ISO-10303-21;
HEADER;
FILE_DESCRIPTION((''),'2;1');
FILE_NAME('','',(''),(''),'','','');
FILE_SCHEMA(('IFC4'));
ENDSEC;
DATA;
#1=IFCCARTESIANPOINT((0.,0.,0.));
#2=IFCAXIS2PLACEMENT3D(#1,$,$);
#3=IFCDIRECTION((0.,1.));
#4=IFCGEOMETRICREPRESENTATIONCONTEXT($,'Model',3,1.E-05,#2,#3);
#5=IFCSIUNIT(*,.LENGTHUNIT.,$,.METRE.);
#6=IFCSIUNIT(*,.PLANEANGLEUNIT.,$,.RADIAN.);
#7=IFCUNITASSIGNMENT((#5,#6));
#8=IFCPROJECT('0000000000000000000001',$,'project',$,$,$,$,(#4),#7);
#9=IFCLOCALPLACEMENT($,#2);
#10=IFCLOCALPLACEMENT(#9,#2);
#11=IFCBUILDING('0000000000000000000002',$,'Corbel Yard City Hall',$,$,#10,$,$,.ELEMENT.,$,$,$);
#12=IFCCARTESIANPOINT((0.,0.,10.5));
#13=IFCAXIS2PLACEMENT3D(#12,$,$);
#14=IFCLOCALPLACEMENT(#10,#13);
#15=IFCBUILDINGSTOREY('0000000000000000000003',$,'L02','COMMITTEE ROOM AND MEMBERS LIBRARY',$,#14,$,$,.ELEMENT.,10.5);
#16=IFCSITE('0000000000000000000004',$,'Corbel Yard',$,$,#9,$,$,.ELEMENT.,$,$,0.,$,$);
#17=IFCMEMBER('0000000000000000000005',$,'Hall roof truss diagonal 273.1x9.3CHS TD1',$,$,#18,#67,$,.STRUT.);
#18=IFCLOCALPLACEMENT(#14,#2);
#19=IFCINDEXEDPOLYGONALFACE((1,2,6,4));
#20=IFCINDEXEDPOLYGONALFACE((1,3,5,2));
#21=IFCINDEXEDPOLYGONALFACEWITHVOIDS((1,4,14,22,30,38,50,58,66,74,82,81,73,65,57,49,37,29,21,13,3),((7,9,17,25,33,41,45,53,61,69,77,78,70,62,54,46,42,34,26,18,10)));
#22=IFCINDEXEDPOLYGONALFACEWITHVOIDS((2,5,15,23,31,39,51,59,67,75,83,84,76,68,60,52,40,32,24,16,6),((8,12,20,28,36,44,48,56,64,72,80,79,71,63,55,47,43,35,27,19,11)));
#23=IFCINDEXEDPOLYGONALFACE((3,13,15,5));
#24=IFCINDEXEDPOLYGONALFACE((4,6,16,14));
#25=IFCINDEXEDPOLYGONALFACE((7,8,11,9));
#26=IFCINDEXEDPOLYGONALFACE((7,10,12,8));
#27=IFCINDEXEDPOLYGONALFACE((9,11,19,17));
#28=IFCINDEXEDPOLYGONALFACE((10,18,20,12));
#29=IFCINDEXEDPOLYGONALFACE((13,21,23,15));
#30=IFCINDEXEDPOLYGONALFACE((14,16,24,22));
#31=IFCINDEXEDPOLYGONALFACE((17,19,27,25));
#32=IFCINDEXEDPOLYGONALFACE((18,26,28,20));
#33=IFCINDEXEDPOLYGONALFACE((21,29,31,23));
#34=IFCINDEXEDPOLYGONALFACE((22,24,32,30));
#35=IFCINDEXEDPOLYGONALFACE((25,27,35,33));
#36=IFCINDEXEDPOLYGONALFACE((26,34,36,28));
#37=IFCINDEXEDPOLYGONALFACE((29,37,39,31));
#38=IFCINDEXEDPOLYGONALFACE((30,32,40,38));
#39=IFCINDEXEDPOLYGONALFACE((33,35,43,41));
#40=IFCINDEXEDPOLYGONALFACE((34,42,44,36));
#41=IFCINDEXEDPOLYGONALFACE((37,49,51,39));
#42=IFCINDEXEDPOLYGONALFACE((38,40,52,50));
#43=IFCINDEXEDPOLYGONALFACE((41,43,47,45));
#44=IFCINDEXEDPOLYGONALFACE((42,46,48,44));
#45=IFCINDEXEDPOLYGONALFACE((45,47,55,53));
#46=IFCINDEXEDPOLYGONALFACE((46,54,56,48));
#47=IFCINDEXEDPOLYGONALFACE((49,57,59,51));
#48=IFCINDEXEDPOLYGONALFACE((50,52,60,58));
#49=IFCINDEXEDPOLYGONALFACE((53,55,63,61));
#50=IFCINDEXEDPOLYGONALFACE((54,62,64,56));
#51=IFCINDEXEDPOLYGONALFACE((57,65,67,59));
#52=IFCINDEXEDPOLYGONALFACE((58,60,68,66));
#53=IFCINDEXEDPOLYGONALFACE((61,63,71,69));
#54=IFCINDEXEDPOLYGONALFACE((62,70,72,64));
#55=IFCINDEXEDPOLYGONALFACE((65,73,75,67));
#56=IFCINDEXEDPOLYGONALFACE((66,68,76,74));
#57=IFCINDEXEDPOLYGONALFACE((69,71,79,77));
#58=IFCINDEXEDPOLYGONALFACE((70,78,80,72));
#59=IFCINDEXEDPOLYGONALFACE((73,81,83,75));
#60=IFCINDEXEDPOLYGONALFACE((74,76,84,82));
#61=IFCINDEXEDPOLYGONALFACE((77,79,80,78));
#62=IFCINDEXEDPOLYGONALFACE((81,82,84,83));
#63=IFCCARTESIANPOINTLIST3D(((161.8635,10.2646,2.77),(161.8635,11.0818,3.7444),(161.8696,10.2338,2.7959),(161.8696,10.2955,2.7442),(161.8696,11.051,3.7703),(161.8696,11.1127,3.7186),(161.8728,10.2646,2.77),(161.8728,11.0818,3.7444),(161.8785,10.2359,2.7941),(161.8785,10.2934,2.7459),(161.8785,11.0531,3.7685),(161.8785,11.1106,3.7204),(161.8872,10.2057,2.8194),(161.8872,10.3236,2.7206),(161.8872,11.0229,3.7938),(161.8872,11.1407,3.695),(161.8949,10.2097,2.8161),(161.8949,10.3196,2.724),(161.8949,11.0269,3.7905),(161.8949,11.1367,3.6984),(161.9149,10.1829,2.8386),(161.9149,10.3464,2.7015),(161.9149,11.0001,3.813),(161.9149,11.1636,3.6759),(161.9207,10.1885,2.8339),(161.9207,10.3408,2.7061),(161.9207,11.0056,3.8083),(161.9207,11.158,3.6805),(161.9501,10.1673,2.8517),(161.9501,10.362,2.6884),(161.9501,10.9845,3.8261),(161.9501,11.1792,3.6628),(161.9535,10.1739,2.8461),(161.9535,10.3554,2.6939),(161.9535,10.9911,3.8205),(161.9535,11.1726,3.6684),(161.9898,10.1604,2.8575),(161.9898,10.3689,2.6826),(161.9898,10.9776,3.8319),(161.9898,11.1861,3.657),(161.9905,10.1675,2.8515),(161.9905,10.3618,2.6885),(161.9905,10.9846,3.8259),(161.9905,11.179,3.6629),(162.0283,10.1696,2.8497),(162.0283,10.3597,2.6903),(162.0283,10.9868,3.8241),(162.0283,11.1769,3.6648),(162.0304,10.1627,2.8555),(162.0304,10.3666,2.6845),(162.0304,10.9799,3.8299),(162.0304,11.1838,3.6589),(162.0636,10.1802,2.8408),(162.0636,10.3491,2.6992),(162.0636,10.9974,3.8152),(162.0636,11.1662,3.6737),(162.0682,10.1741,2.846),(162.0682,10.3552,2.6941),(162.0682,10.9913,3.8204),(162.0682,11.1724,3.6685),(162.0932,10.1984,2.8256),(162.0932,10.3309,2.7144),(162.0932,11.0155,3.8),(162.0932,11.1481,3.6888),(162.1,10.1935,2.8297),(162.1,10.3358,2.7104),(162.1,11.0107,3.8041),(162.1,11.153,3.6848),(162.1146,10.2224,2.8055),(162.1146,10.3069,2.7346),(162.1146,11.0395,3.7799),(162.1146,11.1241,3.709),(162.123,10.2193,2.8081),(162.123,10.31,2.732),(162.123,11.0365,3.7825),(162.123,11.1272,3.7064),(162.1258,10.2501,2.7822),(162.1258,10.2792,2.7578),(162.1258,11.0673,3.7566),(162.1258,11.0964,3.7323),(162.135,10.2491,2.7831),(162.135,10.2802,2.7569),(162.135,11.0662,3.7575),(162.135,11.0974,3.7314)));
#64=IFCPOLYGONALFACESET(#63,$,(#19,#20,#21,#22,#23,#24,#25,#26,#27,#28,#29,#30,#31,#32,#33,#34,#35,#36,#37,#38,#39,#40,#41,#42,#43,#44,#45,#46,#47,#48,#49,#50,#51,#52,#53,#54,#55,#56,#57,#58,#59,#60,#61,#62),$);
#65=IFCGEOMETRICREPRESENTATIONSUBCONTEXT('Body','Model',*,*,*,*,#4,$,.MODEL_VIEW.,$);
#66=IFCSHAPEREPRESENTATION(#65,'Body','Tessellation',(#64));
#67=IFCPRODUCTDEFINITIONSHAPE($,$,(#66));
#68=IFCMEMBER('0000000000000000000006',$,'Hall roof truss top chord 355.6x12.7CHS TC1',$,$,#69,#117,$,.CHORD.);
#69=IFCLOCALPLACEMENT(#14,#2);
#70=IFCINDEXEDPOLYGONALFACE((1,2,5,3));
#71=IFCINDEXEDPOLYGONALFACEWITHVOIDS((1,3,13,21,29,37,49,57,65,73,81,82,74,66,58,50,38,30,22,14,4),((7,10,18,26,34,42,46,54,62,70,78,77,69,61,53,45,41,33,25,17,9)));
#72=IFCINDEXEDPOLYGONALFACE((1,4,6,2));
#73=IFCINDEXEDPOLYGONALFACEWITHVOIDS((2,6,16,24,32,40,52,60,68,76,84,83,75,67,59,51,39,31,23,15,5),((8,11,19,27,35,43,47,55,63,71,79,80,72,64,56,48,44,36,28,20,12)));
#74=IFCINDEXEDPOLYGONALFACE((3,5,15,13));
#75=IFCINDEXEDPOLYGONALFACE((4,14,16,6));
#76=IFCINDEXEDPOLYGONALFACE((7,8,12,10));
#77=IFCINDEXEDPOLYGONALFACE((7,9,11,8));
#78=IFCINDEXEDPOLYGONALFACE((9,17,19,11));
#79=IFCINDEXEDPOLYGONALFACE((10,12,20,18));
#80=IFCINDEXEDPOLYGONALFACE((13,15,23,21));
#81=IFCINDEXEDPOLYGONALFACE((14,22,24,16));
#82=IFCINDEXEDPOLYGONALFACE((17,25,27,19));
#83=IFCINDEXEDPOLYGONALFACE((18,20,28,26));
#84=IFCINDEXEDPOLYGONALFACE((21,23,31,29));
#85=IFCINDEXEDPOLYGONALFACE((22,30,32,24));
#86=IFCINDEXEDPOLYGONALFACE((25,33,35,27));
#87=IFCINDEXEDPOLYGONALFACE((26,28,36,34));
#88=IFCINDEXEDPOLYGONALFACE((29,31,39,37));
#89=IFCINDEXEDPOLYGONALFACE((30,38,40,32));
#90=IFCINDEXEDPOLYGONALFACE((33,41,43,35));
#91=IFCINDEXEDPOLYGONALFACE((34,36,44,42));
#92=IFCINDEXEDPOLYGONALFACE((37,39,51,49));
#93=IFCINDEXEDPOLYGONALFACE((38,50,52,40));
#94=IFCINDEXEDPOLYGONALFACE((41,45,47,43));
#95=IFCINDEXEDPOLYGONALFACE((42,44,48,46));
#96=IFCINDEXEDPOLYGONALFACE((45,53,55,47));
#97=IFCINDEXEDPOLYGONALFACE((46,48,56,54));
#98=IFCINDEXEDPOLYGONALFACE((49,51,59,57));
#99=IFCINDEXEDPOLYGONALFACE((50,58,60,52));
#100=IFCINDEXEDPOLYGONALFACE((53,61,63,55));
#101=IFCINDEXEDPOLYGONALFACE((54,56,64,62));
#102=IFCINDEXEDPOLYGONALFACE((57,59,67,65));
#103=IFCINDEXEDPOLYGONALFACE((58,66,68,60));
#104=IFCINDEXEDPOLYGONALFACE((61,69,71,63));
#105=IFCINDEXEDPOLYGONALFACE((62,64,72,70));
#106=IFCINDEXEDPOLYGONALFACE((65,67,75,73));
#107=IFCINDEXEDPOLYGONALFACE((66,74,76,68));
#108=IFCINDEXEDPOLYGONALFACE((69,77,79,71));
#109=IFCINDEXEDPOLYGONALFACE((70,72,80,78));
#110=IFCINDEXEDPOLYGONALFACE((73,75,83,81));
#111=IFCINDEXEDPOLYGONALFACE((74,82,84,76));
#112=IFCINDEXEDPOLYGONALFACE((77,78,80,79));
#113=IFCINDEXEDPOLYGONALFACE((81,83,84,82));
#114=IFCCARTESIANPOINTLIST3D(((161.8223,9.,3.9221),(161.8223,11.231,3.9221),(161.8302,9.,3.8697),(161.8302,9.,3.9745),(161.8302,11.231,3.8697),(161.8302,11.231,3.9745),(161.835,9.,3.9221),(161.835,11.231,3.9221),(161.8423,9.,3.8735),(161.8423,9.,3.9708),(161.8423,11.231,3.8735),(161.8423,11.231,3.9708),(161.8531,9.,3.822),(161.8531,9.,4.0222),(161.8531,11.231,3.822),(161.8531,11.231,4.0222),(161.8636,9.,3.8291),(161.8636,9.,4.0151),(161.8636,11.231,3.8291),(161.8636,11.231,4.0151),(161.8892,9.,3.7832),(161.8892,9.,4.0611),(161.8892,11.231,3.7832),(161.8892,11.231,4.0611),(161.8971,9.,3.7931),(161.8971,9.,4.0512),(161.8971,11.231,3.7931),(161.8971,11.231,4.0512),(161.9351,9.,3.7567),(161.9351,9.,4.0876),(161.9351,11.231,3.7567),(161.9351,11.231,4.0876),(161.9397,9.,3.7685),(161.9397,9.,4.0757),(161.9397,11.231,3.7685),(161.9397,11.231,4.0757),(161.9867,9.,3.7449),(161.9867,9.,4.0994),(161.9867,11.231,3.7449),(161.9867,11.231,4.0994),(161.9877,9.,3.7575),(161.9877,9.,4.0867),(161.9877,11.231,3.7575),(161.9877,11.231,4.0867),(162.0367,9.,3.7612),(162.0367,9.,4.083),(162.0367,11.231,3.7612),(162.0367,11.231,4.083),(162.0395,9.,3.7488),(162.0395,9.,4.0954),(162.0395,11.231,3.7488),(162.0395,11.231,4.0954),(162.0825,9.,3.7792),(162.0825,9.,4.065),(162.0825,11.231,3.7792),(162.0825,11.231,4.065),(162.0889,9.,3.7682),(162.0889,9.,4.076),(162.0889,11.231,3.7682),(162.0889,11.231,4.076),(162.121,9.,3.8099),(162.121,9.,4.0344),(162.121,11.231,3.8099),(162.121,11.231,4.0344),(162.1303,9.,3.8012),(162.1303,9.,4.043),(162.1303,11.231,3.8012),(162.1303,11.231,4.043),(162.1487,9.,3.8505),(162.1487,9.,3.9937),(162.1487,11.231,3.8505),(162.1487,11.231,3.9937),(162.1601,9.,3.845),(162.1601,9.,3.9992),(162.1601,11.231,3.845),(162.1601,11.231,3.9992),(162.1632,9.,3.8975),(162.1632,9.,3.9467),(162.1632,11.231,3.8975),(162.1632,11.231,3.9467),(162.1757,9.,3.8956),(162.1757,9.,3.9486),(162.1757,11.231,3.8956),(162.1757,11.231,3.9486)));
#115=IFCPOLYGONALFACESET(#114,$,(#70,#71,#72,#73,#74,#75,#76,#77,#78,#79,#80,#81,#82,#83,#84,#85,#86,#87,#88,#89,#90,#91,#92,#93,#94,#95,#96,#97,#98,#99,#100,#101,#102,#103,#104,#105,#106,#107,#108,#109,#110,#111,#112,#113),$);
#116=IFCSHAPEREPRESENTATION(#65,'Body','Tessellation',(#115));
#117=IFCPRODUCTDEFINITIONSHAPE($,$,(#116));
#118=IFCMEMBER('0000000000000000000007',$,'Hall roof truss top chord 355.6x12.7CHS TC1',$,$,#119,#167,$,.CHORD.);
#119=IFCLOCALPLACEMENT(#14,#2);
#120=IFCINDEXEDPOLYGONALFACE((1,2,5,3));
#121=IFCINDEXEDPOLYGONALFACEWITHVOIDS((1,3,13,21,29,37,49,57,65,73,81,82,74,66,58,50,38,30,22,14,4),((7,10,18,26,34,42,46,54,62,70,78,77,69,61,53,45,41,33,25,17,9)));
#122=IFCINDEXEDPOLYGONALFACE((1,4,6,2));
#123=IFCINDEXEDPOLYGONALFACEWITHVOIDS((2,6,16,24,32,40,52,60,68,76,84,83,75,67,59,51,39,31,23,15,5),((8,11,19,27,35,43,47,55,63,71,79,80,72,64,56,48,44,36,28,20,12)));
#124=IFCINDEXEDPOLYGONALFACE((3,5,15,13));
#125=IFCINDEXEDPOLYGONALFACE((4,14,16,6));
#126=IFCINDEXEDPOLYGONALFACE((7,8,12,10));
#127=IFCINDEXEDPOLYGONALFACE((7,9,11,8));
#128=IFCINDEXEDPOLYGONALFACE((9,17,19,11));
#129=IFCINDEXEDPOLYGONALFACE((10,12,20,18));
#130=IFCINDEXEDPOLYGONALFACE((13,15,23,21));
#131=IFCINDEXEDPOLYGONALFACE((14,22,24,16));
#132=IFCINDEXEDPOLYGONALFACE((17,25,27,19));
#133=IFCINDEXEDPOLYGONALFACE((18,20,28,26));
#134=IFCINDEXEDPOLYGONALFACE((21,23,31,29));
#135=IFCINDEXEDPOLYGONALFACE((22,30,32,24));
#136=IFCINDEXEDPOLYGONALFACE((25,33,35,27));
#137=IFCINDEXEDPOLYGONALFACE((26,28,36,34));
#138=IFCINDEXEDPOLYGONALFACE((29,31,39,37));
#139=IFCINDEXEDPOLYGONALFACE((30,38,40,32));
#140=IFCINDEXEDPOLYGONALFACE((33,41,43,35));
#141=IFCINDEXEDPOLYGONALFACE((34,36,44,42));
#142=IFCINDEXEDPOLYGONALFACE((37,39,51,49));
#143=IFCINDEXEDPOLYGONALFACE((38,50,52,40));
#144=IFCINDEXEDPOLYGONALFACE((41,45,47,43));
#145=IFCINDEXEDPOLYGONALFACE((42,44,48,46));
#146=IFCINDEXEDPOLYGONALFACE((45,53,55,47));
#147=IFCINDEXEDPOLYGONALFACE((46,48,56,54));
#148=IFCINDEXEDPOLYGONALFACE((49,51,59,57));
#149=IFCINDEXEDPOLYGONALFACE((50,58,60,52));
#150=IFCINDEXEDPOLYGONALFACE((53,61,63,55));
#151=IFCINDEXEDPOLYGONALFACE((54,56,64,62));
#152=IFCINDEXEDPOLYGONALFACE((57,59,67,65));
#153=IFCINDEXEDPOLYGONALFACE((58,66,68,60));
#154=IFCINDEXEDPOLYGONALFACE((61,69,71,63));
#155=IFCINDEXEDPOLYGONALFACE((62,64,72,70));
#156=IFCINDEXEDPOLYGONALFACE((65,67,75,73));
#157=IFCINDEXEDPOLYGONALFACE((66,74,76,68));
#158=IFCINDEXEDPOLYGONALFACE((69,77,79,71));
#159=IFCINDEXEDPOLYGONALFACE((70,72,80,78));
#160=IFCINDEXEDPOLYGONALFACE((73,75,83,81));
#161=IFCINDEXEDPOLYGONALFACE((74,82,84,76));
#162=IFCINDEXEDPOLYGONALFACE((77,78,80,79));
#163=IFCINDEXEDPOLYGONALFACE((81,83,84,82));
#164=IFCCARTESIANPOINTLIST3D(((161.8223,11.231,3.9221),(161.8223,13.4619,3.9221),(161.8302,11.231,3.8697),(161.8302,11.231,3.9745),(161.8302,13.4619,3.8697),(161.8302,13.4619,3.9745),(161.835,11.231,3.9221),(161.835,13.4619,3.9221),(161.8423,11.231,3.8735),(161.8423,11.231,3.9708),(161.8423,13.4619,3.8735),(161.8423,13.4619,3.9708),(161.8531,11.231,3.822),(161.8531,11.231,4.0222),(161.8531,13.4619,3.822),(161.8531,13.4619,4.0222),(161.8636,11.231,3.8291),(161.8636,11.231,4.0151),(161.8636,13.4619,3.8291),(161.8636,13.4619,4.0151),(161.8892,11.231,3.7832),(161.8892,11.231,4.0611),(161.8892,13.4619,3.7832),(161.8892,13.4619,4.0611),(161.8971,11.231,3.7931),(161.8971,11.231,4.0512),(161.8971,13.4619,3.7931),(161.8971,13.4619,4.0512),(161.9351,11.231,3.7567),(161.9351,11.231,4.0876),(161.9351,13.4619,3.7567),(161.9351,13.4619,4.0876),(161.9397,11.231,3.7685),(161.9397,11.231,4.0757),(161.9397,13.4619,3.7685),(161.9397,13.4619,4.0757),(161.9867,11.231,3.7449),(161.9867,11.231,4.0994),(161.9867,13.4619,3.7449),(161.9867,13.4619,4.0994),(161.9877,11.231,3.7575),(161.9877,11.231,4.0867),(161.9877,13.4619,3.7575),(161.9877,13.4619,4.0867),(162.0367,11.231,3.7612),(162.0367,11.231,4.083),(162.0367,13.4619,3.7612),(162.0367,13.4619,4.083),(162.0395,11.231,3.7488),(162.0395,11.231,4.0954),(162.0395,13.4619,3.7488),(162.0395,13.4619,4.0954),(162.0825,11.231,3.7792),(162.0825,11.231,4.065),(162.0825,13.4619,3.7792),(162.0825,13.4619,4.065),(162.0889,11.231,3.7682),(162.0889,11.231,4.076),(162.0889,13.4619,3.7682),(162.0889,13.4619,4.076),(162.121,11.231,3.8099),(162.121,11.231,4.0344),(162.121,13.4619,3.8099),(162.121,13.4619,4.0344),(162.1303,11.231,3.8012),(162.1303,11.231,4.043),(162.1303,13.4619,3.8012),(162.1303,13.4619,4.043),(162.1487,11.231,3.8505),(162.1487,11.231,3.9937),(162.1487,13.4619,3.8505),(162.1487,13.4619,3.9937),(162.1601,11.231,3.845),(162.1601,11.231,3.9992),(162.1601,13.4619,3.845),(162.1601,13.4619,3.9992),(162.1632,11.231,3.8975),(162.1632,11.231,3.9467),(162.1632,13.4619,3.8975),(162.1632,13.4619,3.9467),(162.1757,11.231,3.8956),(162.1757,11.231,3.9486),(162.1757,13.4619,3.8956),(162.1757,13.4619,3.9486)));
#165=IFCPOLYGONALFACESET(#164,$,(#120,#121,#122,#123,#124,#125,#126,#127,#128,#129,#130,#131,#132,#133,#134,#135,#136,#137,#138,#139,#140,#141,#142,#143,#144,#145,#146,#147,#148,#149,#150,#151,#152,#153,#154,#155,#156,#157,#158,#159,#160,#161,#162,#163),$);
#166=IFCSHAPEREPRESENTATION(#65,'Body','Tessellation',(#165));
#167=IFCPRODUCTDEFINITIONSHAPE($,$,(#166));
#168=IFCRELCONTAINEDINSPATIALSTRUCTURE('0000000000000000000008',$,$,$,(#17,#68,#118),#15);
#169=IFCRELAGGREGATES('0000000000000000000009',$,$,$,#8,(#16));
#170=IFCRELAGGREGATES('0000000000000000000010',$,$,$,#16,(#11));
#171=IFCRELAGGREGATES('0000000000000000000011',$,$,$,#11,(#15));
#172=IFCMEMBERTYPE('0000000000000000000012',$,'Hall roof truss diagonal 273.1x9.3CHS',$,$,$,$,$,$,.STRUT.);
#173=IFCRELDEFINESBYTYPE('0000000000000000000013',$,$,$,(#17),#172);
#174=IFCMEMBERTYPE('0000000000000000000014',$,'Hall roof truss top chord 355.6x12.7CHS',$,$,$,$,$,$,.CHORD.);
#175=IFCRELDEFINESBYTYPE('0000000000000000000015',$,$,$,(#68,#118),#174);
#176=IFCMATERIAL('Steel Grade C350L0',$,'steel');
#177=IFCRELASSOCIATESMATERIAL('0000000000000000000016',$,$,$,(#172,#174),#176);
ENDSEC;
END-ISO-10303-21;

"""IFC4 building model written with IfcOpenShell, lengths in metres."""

from ifc_helpers import new_model, si_unit, direction, frame, origin, origin_2d, place, context, subcontext, project, spatial, hollow_circle, extrude, material, material_profile, profile_set, type_object, element, save


model = new_model("IFC4")

# Units and contexts
model_context = context("Model", 3, precision=1e-05, world=origin(), true_north=direction((0.0, 1.0)))
body_context = subcontext(model_context, "Body", "Model", "MODEL_VIEW")
ifc_project = project(units=[si_unit("LENGTHUNIT", "METRE"), si_unit("PLANEANGLEUNIT", "RADIAN")], contexts=[model_context])

# Site, building, storey
site_placement = place(None, origin())
site = spatial("IfcSite", under=ifc_project, at=site_placement, Name="Corbel Yard", CompositionType="ELEMENT", RefElevation=0.0)
building_placement = place(site_placement, origin())
building = spatial("IfcBuilding", under=site, at=building_placement, Name="Corbel Yard City Hall", CompositionType="ELEMENT")
storey_placement = place(building_placement, frame((0.0, 0.0, 10.5)))
storey = spatial("IfcBuildingStorey", under=building, at=storey_placement, Name="L02", Description="COMMITTEE ROOM AND MEMBERS LIBRARY", CompositionType="ELEMENT", Elevation=10.5)

# Members
ifc_material_1 = material(Name="Steel Grade C350L0", Category="steel")
ifc_material_profile_1 = material_profile(ifc_material_1, hollow_circle(Radius=0.1365, WallThickness=0.0093, at=origin_2d()), Name="273.1x9.3CHS")
ifc_profile_set_1 = profile_set([ifc_material_profile_1], Name="Steel Grade C350L0")
member_type_1 = type_object("IfcMemberType", Name="Hall roof truss diagonal 273.1x9.3CHS", PredefinedType="STRUT", material=ifc_profile_set_1)
for number, where, z_axis, x_axis, name in (
    (1, (162.0, 10.2646, 2.77), (0.0, 0.64258, 0.766219), (-1.0, 0.0, 0.0), "Hall roof truss diagonal 273.1x9.3CHS TD1"),
):
    element("IfcMember", number, at=place(storey_placement, frame(where, z_axis=z_axis, x_axis=x_axis)), inside=storey, type_object=member_type_1, Name=name, PredefinedType="STRUT", context=body_context, shape_type="SweptSolid", body=[
        extrude(hollow_circle(Radius=0.1365, WallThickness=0.0093, at=origin_2d()), origin(), (0.0, 0.0, 1.0), 1.2717),
    ])
ifc_material_profile_2 = material_profile(ifc_material_1, hollow_circle(Radius=0.1777, WallThickness=0.0127, at=origin_2d()), Name="355.6x12.7CHS")
ifc_profile_set_2 = profile_set([ifc_material_profile_2], Name="Steel Grade C350L0")
member_type_2 = type_object("IfcMemberType", Name="Hall roof truss top chord 355.6x12.7CHS", PredefinedType="CHORD", material=ifc_profile_set_2)
for number, where, z_axis, x_axis, name in (
    (2, (162.0, 9.0, 3.9221), (0.0, 1.0, 0.0), (-1.0, 0.0, 0.0), "Hall roof truss top chord 355.6x12.7CHS TC1"),
    (3, (162.0, 11.231, 3.9221), (0.0, 1.0, 0.0), (-1.0, 0.0, 0.0), "Hall roof truss top chord 355.6x12.7CHS TC1"),
):
    element("IfcMember", number, at=place(storey_placement, frame(where, z_axis=z_axis, x_axis=x_axis)), inside=storey, type_object=member_type_2, Name=name, PredefinedType="CHORD", context=body_context, shape_type="SweptSolid", body=[
        extrude(hollow_circle(Radius=0.1777, WallThickness=0.0127, at=origin_2d()), origin(), (0.0, 0.0, 1.0), 2.231),
    ])

save(model, "model.ifc")
